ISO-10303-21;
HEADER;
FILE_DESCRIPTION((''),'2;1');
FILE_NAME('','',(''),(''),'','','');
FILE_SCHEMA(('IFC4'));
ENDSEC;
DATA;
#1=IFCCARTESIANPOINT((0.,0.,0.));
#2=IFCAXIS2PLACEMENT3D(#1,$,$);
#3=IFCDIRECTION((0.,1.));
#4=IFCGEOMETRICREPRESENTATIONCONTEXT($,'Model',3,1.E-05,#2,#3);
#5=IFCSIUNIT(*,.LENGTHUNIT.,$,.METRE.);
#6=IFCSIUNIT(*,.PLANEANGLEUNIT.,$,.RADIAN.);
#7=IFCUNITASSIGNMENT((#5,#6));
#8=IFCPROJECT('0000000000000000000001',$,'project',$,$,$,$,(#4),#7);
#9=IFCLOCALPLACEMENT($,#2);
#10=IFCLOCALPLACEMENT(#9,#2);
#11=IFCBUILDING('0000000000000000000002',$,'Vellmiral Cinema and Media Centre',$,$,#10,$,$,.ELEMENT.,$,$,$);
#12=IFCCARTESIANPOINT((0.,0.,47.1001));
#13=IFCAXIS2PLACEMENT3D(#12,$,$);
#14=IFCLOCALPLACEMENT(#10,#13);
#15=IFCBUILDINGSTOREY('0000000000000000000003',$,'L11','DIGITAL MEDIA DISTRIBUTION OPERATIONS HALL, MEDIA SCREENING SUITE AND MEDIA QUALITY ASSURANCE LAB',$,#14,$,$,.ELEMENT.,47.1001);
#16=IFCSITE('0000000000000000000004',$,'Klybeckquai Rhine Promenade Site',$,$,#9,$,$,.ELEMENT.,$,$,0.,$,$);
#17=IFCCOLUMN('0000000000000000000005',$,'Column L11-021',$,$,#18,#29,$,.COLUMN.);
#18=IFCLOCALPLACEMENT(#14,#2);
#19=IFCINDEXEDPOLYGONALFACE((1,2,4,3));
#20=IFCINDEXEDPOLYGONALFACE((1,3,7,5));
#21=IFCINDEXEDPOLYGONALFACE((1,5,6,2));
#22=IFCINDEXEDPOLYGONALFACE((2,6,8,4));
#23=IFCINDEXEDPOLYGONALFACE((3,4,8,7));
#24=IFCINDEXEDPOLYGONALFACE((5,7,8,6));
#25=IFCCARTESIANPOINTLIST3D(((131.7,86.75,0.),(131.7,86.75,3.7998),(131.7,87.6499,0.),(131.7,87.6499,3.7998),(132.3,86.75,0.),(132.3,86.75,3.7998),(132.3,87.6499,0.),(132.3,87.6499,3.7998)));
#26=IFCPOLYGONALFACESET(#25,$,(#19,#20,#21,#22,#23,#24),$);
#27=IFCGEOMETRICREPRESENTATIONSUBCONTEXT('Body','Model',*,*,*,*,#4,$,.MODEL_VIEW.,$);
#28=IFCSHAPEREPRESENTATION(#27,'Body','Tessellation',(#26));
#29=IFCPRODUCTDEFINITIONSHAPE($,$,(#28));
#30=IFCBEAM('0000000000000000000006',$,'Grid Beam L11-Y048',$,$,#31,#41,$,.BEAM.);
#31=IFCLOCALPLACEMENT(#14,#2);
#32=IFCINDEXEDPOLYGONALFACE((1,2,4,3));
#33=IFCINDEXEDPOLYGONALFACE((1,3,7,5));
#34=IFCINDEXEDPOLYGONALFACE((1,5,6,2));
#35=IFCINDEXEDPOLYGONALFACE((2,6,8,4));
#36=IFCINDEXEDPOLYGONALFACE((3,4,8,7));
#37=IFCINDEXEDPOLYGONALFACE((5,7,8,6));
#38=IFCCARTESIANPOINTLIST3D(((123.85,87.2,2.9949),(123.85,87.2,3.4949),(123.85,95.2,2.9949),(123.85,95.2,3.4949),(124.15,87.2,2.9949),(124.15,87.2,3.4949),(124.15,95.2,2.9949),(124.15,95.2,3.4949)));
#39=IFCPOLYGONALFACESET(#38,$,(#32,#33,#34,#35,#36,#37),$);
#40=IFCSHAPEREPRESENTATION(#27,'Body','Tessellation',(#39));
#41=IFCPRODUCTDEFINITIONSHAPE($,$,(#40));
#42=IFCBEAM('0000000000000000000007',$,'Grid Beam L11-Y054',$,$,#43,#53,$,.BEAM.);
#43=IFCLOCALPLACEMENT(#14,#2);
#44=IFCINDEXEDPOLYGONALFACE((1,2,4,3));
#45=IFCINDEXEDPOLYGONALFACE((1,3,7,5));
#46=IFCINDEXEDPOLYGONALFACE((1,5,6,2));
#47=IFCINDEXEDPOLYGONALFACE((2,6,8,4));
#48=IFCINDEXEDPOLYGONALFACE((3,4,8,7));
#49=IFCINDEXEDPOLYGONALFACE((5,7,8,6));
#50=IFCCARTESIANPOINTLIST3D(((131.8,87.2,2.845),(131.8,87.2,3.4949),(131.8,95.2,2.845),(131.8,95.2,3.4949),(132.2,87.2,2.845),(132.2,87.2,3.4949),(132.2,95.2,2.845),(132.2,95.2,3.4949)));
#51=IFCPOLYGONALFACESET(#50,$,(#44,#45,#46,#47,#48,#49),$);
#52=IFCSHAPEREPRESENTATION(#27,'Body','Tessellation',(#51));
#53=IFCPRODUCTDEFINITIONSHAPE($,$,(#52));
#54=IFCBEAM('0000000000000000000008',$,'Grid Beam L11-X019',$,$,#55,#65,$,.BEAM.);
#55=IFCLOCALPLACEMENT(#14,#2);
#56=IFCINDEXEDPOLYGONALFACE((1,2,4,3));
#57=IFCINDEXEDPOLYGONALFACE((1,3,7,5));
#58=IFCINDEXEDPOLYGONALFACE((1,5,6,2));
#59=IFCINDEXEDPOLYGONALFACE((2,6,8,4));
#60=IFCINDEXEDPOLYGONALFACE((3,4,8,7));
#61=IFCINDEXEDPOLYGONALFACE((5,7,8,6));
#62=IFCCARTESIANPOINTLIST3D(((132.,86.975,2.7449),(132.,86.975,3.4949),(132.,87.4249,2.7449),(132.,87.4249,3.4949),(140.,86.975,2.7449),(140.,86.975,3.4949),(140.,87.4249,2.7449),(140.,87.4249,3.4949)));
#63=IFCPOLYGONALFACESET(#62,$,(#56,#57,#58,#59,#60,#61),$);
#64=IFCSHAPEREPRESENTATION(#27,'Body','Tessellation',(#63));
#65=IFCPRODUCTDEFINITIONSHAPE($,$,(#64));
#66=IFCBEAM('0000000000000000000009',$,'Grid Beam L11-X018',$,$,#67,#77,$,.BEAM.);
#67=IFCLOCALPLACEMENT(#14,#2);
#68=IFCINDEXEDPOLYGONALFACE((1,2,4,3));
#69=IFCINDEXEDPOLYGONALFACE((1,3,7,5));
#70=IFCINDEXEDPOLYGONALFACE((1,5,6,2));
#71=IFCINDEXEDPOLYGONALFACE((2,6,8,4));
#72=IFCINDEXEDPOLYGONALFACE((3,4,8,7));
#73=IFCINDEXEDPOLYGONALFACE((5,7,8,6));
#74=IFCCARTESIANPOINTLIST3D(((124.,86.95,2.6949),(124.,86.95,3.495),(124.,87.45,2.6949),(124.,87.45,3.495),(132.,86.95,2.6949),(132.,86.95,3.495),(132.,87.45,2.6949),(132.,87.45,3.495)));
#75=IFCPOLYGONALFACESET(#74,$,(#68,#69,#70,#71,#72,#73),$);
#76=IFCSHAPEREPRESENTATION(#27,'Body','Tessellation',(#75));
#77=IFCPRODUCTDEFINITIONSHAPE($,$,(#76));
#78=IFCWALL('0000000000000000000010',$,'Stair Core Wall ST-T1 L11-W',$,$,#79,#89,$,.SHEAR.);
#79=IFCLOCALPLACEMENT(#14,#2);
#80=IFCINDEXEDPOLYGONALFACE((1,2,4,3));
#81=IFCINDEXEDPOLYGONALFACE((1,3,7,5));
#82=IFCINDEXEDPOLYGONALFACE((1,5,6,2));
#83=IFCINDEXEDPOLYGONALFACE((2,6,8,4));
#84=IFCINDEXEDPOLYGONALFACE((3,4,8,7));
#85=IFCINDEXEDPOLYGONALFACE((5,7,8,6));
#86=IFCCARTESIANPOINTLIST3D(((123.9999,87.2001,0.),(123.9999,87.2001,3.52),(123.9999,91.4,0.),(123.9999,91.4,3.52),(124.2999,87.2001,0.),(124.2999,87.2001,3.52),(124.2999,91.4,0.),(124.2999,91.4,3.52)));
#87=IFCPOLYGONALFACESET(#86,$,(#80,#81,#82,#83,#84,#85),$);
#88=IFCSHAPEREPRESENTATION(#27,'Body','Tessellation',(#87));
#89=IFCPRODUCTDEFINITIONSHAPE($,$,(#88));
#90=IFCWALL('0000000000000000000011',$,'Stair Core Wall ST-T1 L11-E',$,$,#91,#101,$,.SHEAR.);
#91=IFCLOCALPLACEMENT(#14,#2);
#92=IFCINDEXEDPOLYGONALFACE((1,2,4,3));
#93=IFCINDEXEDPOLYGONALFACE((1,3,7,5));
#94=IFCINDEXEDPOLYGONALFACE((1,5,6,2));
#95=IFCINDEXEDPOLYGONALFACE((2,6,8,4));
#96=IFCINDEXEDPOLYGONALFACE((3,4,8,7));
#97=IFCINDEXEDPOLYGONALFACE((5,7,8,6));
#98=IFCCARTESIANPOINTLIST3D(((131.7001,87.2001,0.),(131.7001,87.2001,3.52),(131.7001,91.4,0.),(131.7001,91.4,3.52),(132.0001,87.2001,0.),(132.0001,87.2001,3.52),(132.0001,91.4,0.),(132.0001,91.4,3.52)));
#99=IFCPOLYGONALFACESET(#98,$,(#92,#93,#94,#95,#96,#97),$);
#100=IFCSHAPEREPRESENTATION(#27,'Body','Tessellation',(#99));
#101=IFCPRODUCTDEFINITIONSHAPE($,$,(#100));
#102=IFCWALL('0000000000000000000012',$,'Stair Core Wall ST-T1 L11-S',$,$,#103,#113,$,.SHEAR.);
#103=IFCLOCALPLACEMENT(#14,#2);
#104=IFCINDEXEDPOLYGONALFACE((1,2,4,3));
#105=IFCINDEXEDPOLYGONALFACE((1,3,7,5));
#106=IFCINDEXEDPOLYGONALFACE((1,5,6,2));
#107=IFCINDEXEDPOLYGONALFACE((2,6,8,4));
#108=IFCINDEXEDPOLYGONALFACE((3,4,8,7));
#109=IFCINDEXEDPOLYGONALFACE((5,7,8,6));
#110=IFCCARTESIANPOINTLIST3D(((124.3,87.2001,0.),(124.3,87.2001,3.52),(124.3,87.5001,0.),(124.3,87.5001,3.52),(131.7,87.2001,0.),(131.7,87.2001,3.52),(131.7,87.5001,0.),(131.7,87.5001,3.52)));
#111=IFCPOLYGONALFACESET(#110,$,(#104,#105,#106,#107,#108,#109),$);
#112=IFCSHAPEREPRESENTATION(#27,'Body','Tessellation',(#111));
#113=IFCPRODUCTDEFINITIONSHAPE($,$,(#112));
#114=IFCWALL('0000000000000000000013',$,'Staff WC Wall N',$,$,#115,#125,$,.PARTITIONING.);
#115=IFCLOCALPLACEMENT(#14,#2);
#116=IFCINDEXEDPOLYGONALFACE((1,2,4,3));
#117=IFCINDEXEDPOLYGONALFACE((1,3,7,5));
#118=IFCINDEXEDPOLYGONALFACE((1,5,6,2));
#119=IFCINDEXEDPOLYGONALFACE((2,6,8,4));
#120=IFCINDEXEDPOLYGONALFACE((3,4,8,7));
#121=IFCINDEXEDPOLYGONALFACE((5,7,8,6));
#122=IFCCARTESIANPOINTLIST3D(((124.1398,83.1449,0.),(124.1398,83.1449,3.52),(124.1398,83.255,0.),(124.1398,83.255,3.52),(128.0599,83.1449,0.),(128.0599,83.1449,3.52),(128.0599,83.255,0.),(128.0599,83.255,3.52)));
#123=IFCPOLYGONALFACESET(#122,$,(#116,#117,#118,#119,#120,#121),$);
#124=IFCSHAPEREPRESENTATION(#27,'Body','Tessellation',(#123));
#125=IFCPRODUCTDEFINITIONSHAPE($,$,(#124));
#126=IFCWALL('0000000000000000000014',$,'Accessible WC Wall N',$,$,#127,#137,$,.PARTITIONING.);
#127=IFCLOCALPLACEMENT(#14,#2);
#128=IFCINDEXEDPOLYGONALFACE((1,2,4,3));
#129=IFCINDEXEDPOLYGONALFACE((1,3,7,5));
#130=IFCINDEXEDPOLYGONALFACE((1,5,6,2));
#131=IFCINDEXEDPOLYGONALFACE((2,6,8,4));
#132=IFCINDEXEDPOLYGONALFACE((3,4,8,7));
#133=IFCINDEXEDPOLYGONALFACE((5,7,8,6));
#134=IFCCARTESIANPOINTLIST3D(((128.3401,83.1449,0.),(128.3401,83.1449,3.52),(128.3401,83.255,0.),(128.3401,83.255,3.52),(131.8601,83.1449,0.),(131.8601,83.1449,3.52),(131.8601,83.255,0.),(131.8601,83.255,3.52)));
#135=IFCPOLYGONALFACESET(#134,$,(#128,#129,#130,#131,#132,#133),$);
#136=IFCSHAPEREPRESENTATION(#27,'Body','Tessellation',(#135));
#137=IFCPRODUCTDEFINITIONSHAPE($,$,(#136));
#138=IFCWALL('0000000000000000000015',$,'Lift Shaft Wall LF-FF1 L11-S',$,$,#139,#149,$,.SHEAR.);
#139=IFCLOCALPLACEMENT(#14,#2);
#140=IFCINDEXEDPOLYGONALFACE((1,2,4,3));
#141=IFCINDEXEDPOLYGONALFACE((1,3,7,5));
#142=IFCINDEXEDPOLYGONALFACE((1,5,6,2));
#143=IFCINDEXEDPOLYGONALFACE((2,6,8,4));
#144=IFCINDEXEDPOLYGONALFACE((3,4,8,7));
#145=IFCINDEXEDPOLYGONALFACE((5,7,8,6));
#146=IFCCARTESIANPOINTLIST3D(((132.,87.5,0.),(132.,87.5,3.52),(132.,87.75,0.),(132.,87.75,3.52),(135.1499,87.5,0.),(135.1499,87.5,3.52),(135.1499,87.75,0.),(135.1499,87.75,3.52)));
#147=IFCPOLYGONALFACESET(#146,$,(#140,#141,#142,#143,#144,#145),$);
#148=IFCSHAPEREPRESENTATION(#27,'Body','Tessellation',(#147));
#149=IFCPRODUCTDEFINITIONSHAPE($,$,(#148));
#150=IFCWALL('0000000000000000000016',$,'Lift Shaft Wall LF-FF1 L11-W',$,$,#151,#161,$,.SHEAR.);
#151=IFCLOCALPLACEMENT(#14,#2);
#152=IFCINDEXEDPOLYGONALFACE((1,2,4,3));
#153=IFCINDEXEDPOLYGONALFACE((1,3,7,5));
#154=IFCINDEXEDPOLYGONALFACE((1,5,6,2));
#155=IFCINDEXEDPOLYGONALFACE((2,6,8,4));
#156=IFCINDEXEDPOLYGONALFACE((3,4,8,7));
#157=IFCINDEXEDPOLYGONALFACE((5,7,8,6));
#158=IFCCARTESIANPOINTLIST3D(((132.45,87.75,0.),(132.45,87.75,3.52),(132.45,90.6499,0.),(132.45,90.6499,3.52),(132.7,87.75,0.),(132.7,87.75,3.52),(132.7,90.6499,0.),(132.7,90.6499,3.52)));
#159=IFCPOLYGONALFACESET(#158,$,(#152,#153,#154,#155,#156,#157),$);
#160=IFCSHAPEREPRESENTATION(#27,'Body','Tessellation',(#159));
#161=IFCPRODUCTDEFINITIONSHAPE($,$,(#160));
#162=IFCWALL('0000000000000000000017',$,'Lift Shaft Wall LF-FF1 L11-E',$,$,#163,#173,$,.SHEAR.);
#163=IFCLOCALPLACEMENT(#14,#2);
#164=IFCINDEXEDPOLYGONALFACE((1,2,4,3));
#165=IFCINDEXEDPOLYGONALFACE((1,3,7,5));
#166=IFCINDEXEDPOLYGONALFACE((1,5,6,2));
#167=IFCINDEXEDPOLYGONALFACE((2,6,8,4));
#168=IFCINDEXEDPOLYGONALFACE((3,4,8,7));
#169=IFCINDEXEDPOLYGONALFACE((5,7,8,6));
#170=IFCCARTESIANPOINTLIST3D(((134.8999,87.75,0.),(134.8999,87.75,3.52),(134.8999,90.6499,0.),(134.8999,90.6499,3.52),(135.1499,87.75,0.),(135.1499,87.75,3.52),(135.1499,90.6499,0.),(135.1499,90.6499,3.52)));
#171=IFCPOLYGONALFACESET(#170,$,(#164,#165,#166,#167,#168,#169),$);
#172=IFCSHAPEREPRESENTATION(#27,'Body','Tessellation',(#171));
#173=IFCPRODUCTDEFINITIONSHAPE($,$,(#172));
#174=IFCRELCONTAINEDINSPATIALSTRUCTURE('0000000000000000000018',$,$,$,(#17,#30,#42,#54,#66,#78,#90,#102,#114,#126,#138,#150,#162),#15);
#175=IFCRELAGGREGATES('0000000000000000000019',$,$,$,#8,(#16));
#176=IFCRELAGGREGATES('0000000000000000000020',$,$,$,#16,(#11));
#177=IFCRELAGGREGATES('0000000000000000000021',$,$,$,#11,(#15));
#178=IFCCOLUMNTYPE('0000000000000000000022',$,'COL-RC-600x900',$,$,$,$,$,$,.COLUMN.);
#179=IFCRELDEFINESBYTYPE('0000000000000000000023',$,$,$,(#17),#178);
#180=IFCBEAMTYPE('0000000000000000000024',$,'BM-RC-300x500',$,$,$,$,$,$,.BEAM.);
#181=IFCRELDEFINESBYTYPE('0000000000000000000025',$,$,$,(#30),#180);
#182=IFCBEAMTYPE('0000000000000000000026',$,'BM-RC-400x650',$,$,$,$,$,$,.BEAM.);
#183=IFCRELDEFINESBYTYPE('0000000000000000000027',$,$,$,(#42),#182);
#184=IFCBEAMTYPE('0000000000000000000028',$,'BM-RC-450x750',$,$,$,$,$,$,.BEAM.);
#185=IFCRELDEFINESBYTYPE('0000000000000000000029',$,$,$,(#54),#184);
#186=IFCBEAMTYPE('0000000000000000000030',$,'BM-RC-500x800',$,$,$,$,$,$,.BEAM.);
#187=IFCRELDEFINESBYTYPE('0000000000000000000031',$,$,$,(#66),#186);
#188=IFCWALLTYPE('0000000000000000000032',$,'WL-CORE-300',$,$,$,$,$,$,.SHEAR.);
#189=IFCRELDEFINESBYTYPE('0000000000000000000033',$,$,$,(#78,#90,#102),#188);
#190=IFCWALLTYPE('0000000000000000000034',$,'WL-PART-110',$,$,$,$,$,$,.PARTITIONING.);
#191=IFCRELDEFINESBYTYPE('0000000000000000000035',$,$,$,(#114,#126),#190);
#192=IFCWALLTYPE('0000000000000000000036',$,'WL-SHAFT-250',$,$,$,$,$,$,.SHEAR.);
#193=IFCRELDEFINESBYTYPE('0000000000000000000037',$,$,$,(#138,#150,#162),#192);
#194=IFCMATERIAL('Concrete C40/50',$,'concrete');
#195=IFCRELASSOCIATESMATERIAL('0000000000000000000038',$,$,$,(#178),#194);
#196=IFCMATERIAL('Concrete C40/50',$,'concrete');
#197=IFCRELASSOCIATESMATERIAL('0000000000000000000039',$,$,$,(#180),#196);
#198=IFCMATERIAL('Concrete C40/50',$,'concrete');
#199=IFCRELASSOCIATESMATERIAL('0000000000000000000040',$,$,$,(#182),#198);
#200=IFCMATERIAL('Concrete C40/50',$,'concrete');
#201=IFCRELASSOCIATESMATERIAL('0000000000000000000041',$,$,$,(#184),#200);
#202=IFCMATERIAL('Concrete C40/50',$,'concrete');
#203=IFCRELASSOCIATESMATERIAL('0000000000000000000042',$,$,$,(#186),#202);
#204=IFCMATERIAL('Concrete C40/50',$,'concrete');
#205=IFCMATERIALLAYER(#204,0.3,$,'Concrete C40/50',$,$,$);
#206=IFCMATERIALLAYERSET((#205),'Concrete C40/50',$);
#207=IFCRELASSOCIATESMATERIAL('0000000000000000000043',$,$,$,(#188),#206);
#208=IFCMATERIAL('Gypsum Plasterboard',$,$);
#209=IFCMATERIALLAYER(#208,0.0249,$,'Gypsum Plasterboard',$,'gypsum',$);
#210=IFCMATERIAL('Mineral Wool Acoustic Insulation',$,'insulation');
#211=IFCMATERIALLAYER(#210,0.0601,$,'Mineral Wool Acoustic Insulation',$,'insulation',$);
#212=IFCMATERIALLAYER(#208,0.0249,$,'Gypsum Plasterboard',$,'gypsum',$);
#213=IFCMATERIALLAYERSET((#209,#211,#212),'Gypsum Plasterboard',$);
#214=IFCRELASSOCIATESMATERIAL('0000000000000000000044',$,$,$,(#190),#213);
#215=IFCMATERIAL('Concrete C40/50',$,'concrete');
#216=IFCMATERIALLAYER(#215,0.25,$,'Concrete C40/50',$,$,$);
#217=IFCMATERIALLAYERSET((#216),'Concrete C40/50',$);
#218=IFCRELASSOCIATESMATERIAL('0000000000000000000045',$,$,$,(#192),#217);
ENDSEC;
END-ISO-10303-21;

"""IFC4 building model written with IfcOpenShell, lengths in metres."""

from ifc_helpers import new_model, si_unit, direction, frame, frame_2d, origin, origin_2d, place, context, subcontext, project, spatial, rectangle, extrude, material, layer, layer_set, material_profile, profile_set, type_object, element, save


model = new_model("IFC4")

# Units and contexts
model_context = context("Model", 3, precision=1e-05, world=origin(), true_north=direction((0.0, 1.0)))
body_context = subcontext(model_context, "Body", "Model", "MODEL_VIEW")
ifc_project = project(units=[si_unit("LENGTHUNIT", "METRE"), si_unit("PLANEANGLEUNIT", "RADIAN")], contexts=[model_context])

# Site, building, storey
site_placement = place(None, origin())
site = spatial("IfcSite", under=ifc_project, at=site_placement, Name="Klybeckquai Rhine Promenade Site", CompositionType="ELEMENT", RefElevation=0.0)
building_placement = place(site_placement, origin())
building = spatial("IfcBuilding", under=site, at=building_placement, Name="Vellmiral Cinema and Media Centre", CompositionType="ELEMENT")
storey_placement = place(building_placement, frame((0.0, 0.0, 47.1001)))
storey = spatial("IfcBuildingStorey", under=building, at=storey_placement, Name="L11", Description="DIGITAL MEDIA DISTRIBUTION OPERATIONS HALL, MEDIA SCREENING SUITE AND MEDIA QUALITY ASSURANCE LAB", CompositionType="ELEMENT", Elevation=47.1001)

# Column
ifc_material_1 = material(Name="Concrete C40/50", Category="concrete")
ifc_material_profile_1 = material_profile(ifc_material_1, rectangle(XDim=0.6001, YDim=0.8999, at=origin_2d()), Name="RC 600x900")
ifc_profile_set_1 = profile_set([ifc_material_profile_1], Name="Concrete C40/50")
column_type = type_object("IfcColumnType", Name="COL-RC-600x900", PredefinedType="COLUMN", material=ifc_profile_set_1)
column_placement = place(storey_placement, frame((132.0, 87.2, 0.0), z_axis=(0.0, 0.0, 1.0), x_axis=(1.0, 0.0, 0.0)))
element("IfcColumn", 1, at=column_placement, inside=storey, type_object=column_type, Name="Column L11-021", PredefinedType="COLUMN", context=body_context, shape_type="SweptSolid", body=[
    extrude(rectangle(XDim=0.6001, YDim=0.8999, at=origin_2d()), origin(), (0.0, 0.0, 1.0), 3.7998),
])

# Beams
ifc_material_2 = material(Name="Concrete C40/50", Category="concrete")
ifc_material_profile_2 = material_profile(ifc_material_2, rectangle(XDim=0.3, YDim=0.5, at=origin_2d()), Name="RC 300x500")
ifc_profile_set_2 = profile_set([ifc_material_profile_2], Name="Concrete C40/50")
beam_type_1 = type_object("IfcBeamType", Name="BM-RC-300x500", PredefinedType="BEAM", material=ifc_profile_set_2)
beam_1_placement = place(storey_placement, frame((124.0, 87.2, 3.2449), z_axis=(0.0, 1.0, 0.0), x_axis=(-1.0, 0.0, 0.0)))
element("IfcBeam", 2, at=beam_1_placement, inside=storey, type_object=beam_type_1, Name="Grid Beam L11-Y048", PredefinedType="BEAM", context=body_context, shape_type="SweptSolid", body=[
    extrude(rectangle(XDim=0.3, YDim=0.5, at=origin_2d()), origin(), (0.0, 0.0, 1.0), 8.0),
])
ifc_material_3 = material(Name="Concrete C40/50", Category="concrete")
ifc_material_profile_3 = material_profile(ifc_material_3, rectangle(XDim=0.3999, YDim=0.6499, at=origin_2d()), Name="RC 400x650")
ifc_profile_set_3 = profile_set([ifc_material_profile_3], Name="Concrete C40/50")
beam_type_2 = type_object("IfcBeamType", Name="BM-RC-400x650", PredefinedType="BEAM", material=ifc_profile_set_3)
beam_2_placement = place(storey_placement, frame((132.0, 87.2, 3.1699), z_axis=(0.0, 1.0, 0.0), x_axis=(-1.0, 0.0, 0.0)))
element("IfcBeam", 3, at=beam_2_placement, inside=storey, type_object=beam_type_2, Name="Grid Beam L11-Y054", PredefinedType="BEAM", context=body_context, shape_type="SweptSolid", body=[
    extrude(rectangle(XDim=0.3999, YDim=0.6499, at=origin_2d()), origin(), (0.0, 0.0, 1.0), 8.0),
])
ifc_material_4 = material(Name="Concrete C40/50", Category="concrete")
ifc_material_profile_4 = material_profile(ifc_material_4, rectangle(XDim=0.45, YDim=0.75, at=origin_2d()), Name="RC 450x750")
ifc_profile_set_4 = profile_set([ifc_material_profile_4], Name="Concrete C40/50")
beam_type_3 = type_object("IfcBeamType", Name="BM-RC-450x750", PredefinedType="BEAM", material=ifc_profile_set_4)
beam_3_placement = place(storey_placement, frame((132.0, 87.2, 3.1199), z_axis=(1.0, 0.0, 0.0), x_axis=(0.0, 1.0, 0.0)))
element("IfcBeam", 4, at=beam_3_placement, inside=storey, type_object=beam_type_3, Name="Grid Beam L11-X019", PredefinedType="BEAM", context=body_context, shape_type="SweptSolid", body=[
    extrude(rectangle(XDim=0.45, YDim=0.75, at=origin_2d()), origin(), (0.0, 0.0, 1.0), 8.0),
])
ifc_material_5 = material(Name="Concrete C40/50", Category="concrete")
ifc_material_profile_5 = material_profile(ifc_material_5, rectangle(XDim=0.5, YDim=0.8, at=origin_2d()), Name="RC 500x800")
ifc_profile_set_5 = profile_set([ifc_material_profile_5], Name="Concrete C40/50")
beam_type_4 = type_object("IfcBeamType", Name="BM-RC-500x800", PredefinedType="BEAM", material=ifc_profile_set_5)
beam_4_placement = place(storey_placement, frame((124.0, 87.2, 3.095), z_axis=(1.0, 0.0, 0.0), x_axis=(0.0, 1.0, 0.0)))
element("IfcBeam", 5, at=beam_4_placement, inside=storey, type_object=beam_type_4, Name="Grid Beam L11-X018", PredefinedType="BEAM", context=body_context, shape_type="SweptSolid", body=[
    extrude(rectangle(XDim=0.5, YDim=0.8, at=origin_2d()), origin(), (0.0, 0.0, 1.0), 8.0),
])

# Walls
ifc_material_6 = material(Name="Concrete C40/50", Category="concrete")
ifc_layer_1 = layer(ifc_material_6, 0.3, Name="Concrete C40/50")
ifc_layer_set_1 = layer_set([ifc_layer_1], Name="Concrete C40/50")
wall_type_1 = type_object("IfcWallType", Name="WL-CORE-300", PredefinedType="SHEAR", material=ifc_layer_set_1)
for number, where, z_axis, x_axis, name in (
    (6, (124.1499, 87.2, 0.0), (0.0, 0.0, 1.0), (0.0, 1.0, 0.0), "Stair Core Wall ST-T1 L11-W"),
    (7, (131.8501, 87.2, 0.0), (0.0, 0.0, 1.0), (0.0, 1.0, 0.0), "Stair Core Wall ST-T1 L11-E"),
):
    element("IfcWall", number, at=place(storey_placement, frame(where, z_axis=z_axis, x_axis=x_axis)), inside=storey, type_object=wall_type_1, Name=name, PredefinedType="SHEAR", context=body_context, shape_type="SweptSolid", body=[
        extrude(rectangle(XDim=4.2, YDim=0.3, at=frame_2d((2.1001, 0.0))), origin(), (0.0, 0.0, 1.0), 3.52),
    ])
wall_1_placement = place(storey_placement, frame((124.3, 87.3501, 0.0), z_axis=(0.0, 0.0, 1.0), x_axis=(1.0, 0.0, 0.0)))
element("IfcWall", 8, at=wall_1_placement, inside=storey, type_object=wall_type_1, Name="Stair Core Wall ST-T1 L11-S", PredefinedType="SHEAR", context=body_context, shape_type="SweptSolid", body=[
    extrude(rectangle(XDim=7.3999, YDim=0.3, at=frame_2d((3.7, 0.0))), origin(), (0.0, 0.0, 1.0), 3.52),
])
ifc_material_7 = material(Name="Gypsum Plasterboard")
ifc_layer_2 = layer(ifc_material_7, 0.0249, Name="Gypsum Plasterboard", Category="gypsum")
ifc_material_8 = material(Name="Mineral Wool Acoustic Insulation", Category="insulation")
ifc_layer_3 = layer(ifc_material_8, 0.0601, Name="Mineral Wool Acoustic Insulation", Category="insulation")
ifc_layer_4 = layer(ifc_material_7, 0.0249, Name="Gypsum Plasterboard", Category="gypsum")
ifc_layer_set_2 = layer_set([ifc_layer_2, ifc_layer_3, ifc_layer_4], Name="Gypsum Plasterboard")
wall_type_2 = type_object("IfcWallType", Name="WL-PART-110", PredefinedType="PARTITIONING", material=ifc_layer_set_2)
wall_2_placement = place(storey_placement, frame((124.1399, 83.2, 0.0), z_axis=(0.0, 0.0, 1.0), x_axis=(1.0, 0.0, 0.0)))
element("IfcWall", 9, at=wall_2_placement, inside=storey, type_object=wall_type_2, Name="Staff WC Wall N", PredefinedType="PARTITIONING", context=body_context, shape_type="SweptSolid", body=[
    extrude(rectangle(XDim=3.9202, YDim=0.1101, at=frame_2d((1.96, 0.0))), origin(), (0.0, 0.0, 1.0), 3.52),
])
wall_3_placement = place(storey_placement, frame((128.3401, 83.2, 0.0), z_axis=(0.0, 0.0, 1.0), x_axis=(1.0, 0.0, 0.0)))
element("IfcWall", 10, at=wall_3_placement, inside=storey, type_object=wall_type_2, Name="Accessible WC Wall N", PredefinedType="PARTITIONING", context=body_context, shape_type="SweptSolid", body=[
    extrude(rectangle(XDim=3.52, YDim=0.1101, at=frame_2d((1.76, 0.0))), origin(), (0.0, 0.0, 1.0), 3.52),
])
ifc_material_9 = material(Name="Concrete C40/50", Category="concrete")
ifc_layer_5 = layer(ifc_material_9, 0.25, Name="Concrete C40/50")
ifc_layer_set_3 = layer_set([ifc_layer_5], Name="Concrete C40/50")
wall_type_3 = type_object("IfcWallType", Name="WL-SHAFT-250", PredefinedType="SHEAR", material=ifc_layer_set_3)
wall_4_placement = place(storey_placement, frame((132.0, 87.625, 0.0), z_axis=(0.0, 0.0, 1.0), x_axis=(1.0, 0.0, 0.0)))
element("IfcWall", 11, at=wall_4_placement, inside=storey, type_object=wall_type_3, Name="Lift Shaft Wall LF-FF1 L11-S", PredefinedType="SHEAR", context=body_context, shape_type="SweptSolid", body=[
    extrude(rectangle(XDim=3.1499, YDim=0.25, at=frame_2d((1.575, 0.0))), origin(), (0.0, 0.0, 1.0), 3.52),
])
for number, where, z_axis, x_axis, name in (
    (12, (132.575, 87.75, 0.0), (0.0, 0.0, 1.0), (0.0, 1.0, 0.0), "Lift Shaft Wall LF-FF1 L11-W"),
    (13, (135.0249, 87.75, 0.0), (0.0, 0.0, 1.0), (0.0, 1.0, 0.0), "Lift Shaft Wall LF-FF1 L11-E"),
):
    element("IfcWall", number, at=place(storey_placement, frame(where, z_axis=z_axis, x_axis=x_axis)), inside=storey, type_object=wall_type_3, Name=name, PredefinedType="SHEAR", context=body_context, shape_type="SweptSolid", body=[
        extrude(rectangle(XDim=2.8999, YDim=0.25, at=frame_2d((1.45, 0.0))), origin(), (0.0, 0.0, 1.0), 3.52),
    ])

save(model, "model.ifc")
